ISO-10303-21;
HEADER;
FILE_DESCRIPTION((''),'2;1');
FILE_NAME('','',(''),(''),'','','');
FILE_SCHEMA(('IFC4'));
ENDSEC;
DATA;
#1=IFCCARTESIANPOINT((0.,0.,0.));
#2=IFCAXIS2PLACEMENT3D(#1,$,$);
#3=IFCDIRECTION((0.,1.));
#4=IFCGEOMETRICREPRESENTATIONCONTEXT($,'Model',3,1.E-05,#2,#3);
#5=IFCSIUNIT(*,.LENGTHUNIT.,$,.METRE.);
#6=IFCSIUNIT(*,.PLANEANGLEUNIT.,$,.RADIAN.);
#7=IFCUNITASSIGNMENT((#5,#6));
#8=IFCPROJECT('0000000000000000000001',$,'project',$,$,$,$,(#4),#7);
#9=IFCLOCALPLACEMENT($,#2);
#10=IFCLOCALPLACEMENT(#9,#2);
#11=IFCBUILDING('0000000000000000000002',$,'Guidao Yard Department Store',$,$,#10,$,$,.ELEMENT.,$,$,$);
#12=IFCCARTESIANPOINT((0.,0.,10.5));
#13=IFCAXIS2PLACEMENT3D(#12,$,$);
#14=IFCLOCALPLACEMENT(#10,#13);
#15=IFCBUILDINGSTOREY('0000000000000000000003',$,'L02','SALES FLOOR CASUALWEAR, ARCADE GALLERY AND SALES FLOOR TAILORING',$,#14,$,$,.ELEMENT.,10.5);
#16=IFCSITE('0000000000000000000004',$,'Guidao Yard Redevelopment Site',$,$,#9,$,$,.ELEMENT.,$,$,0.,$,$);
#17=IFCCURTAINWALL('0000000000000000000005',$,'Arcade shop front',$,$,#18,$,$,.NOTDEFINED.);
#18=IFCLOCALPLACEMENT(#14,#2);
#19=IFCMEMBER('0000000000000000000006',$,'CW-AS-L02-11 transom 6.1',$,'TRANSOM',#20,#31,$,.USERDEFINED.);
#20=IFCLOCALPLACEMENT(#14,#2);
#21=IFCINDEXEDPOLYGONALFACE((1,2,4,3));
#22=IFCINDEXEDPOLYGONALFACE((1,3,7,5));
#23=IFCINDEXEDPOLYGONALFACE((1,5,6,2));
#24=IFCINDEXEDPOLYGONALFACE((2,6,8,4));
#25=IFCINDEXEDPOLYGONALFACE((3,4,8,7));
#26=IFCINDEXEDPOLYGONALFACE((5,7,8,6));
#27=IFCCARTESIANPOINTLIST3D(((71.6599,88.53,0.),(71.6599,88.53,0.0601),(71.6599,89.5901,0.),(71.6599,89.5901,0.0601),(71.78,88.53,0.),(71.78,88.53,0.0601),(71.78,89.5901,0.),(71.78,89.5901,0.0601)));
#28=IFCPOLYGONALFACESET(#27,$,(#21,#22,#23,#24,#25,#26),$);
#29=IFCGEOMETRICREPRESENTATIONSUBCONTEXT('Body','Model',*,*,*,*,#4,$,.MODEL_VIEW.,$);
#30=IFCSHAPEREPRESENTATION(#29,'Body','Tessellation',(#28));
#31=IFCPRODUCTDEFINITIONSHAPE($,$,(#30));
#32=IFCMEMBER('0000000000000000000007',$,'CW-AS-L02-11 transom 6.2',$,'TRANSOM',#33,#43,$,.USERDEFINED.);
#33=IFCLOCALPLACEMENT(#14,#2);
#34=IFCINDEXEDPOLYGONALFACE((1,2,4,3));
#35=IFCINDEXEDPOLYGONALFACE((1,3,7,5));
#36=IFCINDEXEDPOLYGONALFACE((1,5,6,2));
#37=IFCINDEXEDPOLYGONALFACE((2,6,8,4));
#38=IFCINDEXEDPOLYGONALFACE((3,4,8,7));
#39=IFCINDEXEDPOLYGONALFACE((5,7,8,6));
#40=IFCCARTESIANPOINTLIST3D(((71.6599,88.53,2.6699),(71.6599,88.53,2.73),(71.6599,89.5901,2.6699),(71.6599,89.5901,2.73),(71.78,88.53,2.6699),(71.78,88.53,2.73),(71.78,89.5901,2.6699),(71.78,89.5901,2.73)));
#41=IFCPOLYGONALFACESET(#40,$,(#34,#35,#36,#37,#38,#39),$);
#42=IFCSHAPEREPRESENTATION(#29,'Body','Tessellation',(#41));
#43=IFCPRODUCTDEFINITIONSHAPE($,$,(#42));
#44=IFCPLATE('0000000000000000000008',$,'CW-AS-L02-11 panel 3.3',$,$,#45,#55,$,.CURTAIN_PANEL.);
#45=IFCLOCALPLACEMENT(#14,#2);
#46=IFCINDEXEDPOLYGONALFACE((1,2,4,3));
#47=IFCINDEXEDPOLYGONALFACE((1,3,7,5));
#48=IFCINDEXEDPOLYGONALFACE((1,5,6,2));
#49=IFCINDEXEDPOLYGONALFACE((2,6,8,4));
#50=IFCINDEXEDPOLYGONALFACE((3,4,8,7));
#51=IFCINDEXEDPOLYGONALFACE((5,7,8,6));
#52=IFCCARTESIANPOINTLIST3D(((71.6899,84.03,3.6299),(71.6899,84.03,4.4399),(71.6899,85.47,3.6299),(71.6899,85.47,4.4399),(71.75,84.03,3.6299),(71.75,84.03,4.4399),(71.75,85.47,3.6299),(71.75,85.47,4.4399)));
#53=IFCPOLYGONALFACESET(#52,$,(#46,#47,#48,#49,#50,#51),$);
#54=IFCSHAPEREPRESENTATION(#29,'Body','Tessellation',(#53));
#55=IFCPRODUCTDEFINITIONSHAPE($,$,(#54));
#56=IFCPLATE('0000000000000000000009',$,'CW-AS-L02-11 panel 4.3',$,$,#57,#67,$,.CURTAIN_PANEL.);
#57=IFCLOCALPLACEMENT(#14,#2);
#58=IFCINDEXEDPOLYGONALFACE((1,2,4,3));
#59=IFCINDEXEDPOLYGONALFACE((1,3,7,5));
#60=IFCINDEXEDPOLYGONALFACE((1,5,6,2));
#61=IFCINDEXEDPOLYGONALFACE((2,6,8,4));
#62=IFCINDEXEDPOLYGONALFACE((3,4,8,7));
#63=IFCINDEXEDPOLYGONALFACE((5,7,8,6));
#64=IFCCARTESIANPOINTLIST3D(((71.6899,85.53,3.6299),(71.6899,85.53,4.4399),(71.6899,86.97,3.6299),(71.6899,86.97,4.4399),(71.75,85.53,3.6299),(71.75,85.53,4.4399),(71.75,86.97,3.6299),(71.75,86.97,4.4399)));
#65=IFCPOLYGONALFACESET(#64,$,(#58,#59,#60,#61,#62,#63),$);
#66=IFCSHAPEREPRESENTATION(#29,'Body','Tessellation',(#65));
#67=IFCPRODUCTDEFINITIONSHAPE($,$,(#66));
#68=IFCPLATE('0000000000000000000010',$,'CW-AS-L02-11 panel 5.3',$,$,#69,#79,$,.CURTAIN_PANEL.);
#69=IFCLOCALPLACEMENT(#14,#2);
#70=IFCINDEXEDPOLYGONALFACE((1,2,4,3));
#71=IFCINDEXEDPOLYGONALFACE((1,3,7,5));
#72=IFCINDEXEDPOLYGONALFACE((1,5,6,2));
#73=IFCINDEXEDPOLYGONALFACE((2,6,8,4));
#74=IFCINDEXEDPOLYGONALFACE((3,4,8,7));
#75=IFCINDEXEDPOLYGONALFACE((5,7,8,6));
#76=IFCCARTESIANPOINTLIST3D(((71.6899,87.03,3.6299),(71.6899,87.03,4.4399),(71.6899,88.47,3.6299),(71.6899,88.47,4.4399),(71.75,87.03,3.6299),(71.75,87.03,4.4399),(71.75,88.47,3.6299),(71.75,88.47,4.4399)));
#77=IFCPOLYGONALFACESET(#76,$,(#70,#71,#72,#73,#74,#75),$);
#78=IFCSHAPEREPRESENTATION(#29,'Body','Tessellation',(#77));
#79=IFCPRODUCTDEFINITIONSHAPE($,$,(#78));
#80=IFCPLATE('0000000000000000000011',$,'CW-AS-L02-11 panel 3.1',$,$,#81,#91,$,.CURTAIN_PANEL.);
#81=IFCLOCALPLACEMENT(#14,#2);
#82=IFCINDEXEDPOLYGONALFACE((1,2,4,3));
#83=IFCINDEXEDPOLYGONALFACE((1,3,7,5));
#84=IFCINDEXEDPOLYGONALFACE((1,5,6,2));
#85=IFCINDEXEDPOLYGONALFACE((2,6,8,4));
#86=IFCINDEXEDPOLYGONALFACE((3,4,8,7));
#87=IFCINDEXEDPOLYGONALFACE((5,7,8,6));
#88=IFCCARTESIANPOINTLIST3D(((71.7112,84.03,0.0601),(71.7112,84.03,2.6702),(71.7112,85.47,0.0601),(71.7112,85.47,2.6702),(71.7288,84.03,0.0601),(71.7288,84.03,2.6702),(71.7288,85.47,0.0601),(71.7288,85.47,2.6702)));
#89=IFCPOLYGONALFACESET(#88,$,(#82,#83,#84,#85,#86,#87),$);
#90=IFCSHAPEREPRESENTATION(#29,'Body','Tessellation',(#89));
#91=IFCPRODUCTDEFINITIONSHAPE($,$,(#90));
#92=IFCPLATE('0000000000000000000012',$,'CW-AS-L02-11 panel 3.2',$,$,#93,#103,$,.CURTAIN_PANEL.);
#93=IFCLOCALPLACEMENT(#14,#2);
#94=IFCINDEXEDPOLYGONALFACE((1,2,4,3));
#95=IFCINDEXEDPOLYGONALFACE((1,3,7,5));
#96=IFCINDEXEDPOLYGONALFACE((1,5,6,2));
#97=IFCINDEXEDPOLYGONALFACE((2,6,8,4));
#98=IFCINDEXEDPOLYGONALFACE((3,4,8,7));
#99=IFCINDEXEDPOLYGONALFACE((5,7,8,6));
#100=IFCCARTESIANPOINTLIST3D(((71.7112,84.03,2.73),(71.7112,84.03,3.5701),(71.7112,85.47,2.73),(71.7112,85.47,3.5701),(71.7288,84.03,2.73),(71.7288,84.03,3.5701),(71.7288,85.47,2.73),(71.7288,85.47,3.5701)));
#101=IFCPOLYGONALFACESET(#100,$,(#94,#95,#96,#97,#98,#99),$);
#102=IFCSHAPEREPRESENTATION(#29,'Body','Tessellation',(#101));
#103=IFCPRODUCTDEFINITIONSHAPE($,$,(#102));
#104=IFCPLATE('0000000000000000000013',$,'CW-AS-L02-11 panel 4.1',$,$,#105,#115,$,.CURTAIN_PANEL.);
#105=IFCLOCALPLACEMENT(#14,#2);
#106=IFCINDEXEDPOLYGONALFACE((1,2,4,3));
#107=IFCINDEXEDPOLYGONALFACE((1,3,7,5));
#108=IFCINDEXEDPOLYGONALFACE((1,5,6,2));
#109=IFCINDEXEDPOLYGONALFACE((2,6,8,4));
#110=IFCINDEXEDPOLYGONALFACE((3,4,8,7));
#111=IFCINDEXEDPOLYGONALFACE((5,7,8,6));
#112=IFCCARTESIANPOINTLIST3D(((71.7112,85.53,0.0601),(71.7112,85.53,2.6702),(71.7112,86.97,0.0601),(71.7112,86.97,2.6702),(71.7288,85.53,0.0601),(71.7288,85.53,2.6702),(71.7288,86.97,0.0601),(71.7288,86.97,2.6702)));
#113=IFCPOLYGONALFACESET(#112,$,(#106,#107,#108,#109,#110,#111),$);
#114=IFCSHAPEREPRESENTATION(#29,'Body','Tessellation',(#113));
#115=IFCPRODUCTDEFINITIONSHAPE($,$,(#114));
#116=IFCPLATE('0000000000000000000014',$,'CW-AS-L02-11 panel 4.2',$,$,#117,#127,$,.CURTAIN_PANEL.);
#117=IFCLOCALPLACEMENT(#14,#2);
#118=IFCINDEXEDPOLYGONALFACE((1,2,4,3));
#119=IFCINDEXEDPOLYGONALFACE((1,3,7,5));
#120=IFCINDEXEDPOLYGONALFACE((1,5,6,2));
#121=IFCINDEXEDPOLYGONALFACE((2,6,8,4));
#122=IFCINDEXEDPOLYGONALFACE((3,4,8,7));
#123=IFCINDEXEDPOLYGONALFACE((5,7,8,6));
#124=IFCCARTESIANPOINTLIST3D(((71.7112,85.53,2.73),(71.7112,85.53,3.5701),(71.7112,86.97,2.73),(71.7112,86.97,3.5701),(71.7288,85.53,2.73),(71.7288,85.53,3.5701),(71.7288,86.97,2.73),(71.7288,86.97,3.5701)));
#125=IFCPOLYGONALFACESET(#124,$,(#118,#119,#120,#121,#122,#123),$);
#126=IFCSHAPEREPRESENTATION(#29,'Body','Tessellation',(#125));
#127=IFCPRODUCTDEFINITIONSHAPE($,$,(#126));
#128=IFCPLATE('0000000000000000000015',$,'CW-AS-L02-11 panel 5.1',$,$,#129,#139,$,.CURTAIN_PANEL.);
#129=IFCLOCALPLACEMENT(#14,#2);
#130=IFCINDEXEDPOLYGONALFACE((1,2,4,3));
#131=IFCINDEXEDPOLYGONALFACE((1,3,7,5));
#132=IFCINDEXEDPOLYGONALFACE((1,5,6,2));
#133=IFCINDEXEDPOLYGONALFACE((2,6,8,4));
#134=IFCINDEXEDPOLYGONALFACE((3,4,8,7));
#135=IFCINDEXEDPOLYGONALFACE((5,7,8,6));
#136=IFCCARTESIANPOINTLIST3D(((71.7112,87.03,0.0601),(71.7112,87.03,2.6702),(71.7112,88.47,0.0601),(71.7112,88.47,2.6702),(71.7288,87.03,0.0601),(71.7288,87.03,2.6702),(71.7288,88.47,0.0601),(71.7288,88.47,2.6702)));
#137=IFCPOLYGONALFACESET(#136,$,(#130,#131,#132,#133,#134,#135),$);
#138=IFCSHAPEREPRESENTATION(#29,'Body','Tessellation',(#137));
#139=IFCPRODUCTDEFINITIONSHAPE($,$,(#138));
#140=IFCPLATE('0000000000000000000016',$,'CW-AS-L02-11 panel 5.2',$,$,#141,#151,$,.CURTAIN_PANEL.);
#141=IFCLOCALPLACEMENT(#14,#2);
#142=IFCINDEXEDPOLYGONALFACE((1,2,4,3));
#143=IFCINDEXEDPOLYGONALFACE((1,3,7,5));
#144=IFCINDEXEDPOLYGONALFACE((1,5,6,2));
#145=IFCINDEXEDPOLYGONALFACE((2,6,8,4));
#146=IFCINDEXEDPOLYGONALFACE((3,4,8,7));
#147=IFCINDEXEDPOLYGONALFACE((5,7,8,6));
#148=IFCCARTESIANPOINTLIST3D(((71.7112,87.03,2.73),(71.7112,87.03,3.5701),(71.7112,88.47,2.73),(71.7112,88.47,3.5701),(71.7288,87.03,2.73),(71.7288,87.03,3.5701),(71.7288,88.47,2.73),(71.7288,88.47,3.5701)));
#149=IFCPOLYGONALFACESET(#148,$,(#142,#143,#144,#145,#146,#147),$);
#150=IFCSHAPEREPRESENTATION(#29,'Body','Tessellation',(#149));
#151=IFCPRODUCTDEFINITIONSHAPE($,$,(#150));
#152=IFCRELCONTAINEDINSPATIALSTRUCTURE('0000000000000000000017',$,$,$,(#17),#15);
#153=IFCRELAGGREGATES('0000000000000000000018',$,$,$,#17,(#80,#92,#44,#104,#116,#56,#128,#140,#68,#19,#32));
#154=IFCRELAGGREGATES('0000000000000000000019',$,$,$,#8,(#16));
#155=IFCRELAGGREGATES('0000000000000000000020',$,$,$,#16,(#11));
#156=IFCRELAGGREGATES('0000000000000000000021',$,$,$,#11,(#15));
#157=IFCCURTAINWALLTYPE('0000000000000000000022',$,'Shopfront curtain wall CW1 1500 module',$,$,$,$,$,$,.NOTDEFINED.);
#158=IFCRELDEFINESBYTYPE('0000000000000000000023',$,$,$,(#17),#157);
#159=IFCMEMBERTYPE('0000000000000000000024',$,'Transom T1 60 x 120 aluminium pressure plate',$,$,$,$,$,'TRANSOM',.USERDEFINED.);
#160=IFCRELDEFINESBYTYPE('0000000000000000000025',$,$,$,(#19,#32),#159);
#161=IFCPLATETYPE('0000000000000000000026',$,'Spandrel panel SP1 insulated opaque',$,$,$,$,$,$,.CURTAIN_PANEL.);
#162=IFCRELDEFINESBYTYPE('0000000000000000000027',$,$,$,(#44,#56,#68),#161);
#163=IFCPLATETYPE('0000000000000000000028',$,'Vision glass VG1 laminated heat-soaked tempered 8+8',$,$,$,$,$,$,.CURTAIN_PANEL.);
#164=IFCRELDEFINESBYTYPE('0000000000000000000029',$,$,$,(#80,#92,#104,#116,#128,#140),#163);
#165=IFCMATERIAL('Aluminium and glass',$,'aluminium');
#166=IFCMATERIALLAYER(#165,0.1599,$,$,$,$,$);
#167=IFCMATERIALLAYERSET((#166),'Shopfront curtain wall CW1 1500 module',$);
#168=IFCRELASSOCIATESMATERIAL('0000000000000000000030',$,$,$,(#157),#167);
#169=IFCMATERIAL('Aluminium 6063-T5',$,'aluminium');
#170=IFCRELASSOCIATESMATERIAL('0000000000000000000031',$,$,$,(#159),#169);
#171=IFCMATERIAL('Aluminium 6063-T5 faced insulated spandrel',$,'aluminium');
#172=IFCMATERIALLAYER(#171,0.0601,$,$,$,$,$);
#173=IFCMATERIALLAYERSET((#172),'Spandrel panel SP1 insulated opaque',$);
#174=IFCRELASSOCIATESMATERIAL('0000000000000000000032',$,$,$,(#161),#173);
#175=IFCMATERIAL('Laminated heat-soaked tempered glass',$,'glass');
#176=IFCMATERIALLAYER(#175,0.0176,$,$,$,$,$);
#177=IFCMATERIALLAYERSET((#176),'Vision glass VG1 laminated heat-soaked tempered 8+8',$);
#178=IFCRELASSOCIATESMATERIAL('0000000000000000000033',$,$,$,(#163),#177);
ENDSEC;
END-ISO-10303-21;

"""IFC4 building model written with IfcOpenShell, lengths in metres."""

from ifc_helpers import new_model, si_unit, direction, frame, origin, origin_2d, place, context, subcontext, project, spatial, rectangle, extrude, material, layer, layer_set, material_profile, profile_set, type_object, element, aggregate, save


model = new_model("IFC4")

# Units and contexts
model_context = context("Model", 3, precision=1e-05, world=origin(), true_north=direction((0.0, 1.0)))
body_context = subcontext(model_context, "Body", "Model", "MODEL_VIEW")
ifc_project = project(units=[si_unit("LENGTHUNIT", "METRE"), si_unit("PLANEANGLEUNIT", "RADIAN")], contexts=[model_context])

# Site, building, storey
site_placement = place(None, origin())
site = spatial("IfcSite", under=ifc_project, at=site_placement, Name="Guidao Yard Redevelopment Site", CompositionType="ELEMENT", RefElevation=0.0)
building_placement = place(site_placement, origin())
building = spatial("IfcBuilding", under=site, at=building_placement, Name="Guidao Yard Department Store", CompositionType="ELEMENT")
storey_placement = place(building_placement, frame((0.0, 0.0, 10.5)))
storey = spatial("IfcBuildingStorey", under=building, at=storey_placement, Name="L02", Description="SALES FLOOR CASUALWEAR, ARCADE GALLERY AND SALES FLOOR TAILORING", CompositionType="ELEMENT", Elevation=10.5)

# Curtain wall
ifc_material_1 = material(Name="Aluminium and glass", Category="aluminium")
ifc_layer_1 = layer(ifc_material_1, 0.1599)
ifc_layer_set_1 = layer_set([ifc_layer_1], Name="Shopfront curtain wall CW1 1500 module")
curtain_wall_type = type_object("IfcCurtainWallType", Name="Shopfront curtain wall CW1 1500 module", PredefinedType="NOTDEFINED", material=ifc_layer_set_1)
curtain_wall_placement = place(storey_placement, origin())
curtain_wall = element("IfcCurtainWall", 1, at=curtain_wall_placement, inside=storey, type_object=curtain_wall_type, Name="Arcade shop front", PredefinedType="NOTDEFINED")

# Members
ifc_material_2 = material(Name="Aluminium 6063-T5", Category="aluminium")
ifc_material_profile_1 = material_profile(ifc_material_2, rectangle(XDim=0.1201, YDim=0.0601, at=origin_2d()), Name="Transom T1 60 x 120 aluminium pressure plate")
ifc_profile_set_1 = profile_set([ifc_material_profile_1], Name="Aluminium 6063-T5")
member_type_1 = type_object("IfcMemberType", Name="Transom T1 60 x 120 aluminium pressure plate", ElementType="TRANSOM", PredefinedType="USERDEFINED", material=ifc_profile_set_1)
member_1_placement = place(storey_placement, frame((71.72, 88.53, 0.03), z_axis=(0.0, 1.0, 0.0), x_axis=(-1.0, 0.0, 0.0)))
member_1 = element("IfcMember", 2, at=member_1_placement, type_object=member_type_1, Name="CW-AS-L02-11 transom 6.1", ObjectType="TRANSOM", PredefinedType="USERDEFINED", context=body_context, shape_type="SweptSolid", body=[
    extrude(rectangle(XDim=0.1201, YDim=0.0601, at=origin_2d()), origin(), (0.0, 0.0, 1.0), 1.0601),
])
member_2_placement = place(storey_placement, frame((71.72, 88.53, 2.7), z_axis=(0.0, 1.0, 0.0), x_axis=(-1.0, 0.0, 0.0)))
member_2 = element("IfcMember", 3, at=member_2_placement, type_object=member_type_1, Name="CW-AS-L02-11 transom 6.2", ObjectType="TRANSOM", PredefinedType="USERDEFINED", context=body_context, shape_type="SweptSolid", body=[
    extrude(rectangle(XDim=0.1201, YDim=0.0601, at=origin_2d()), origin(), (0.0, 0.0, 1.0), 1.0601),
])

# Plates
ifc_material_3 = material(Name="Aluminium 6063-T5 faced insulated spandrel", Category="aluminium")
ifc_layer_2 = layer(ifc_material_3, 0.0601)
ifc_layer_set_2 = layer_set([ifc_layer_2], Name="Spandrel panel SP1 insulated opaque")
plate_type_1 = type_object("IfcPlateType", Name="Spandrel panel SP1 insulated opaque", PredefinedType="CURTAIN_PANEL", material=ifc_layer_set_2)
plate_1_placement = place(storey_placement, frame((71.72, 84.75, 3.6299), z_axis=(0.0, 0.0, 1.0), x_axis=(0.0, 1.0, 0.0)))
plate_1 = element("IfcPlate", 4, at=plate_1_placement, type_object=plate_type_1, Name="CW-AS-L02-11 panel 3.3", PredefinedType="CURTAIN_PANEL", context=body_context, shape_type="SweptSolid", body=[
    extrude(rectangle(XDim=1.4399, YDim=0.0601, at=origin_2d()), origin(), (0.0, 0.0, 1.0), 0.8101),
])
plate_2_placement = place(storey_placement, frame((71.72, 86.25, 3.6299), z_axis=(0.0, 0.0, 1.0), x_axis=(0.0, 1.0, 0.0)))
plate_2 = element("IfcPlate", 5, at=plate_2_placement, type_object=plate_type_1, Name="CW-AS-L02-11 panel 4.3", PredefinedType="CURTAIN_PANEL", context=body_context, shape_type="SweptSolid", body=[
    extrude(rectangle(XDim=1.4399, YDim=0.0601, at=origin_2d()), origin(), (0.0, 0.0, 1.0), 0.8101),
])
plate_3_placement = place(storey_placement, frame((71.72, 87.75, 3.6299), z_axis=(0.0, 0.0, 1.0), x_axis=(0.0, 1.0, 0.0)))
plate_3 = element("IfcPlate", 6, at=plate_3_placement, type_object=plate_type_1, Name="CW-AS-L02-11 panel 5.3", PredefinedType="CURTAIN_PANEL", context=body_context, shape_type="SweptSolid", body=[
    extrude(rectangle(XDim=1.4399, YDim=0.0601, at=origin_2d()), origin(), (0.0, 0.0, 1.0), 0.8101),
])
ifc_material_4 = material(Name="Laminated heat-soaked tempered glass", Category="glass")
ifc_layer_3 = layer(ifc_material_4, 0.0176)
ifc_layer_set_3 = layer_set([ifc_layer_3], Name="Vision glass VG1 laminated heat-soaked tempered 8+8")
plate_type_2 = type_object("IfcPlateType", Name="Vision glass VG1 laminated heat-soaked tempered 8+8", PredefinedType="CURTAIN_PANEL", material=ifc_layer_set_3)
plate_4_placement = place(storey_placement, frame((71.72, 84.75, 0.0601), z_axis=(0.0, 0.0, 1.0), x_axis=(0.0, 1.0, 0.0)))
plate_4 = element("IfcPlate", 7, at=plate_4_placement, type_object=plate_type_2, Name="CW-AS-L02-11 panel 3.1", PredefinedType="CURTAIN_PANEL", context=body_context, shape_type="SweptSolid", body=[
    extrude(rectangle(XDim=1.4399, YDim=0.0176, at=origin_2d()), origin(), (0.0, 0.0, 1.0), 2.6101),
])
plate_5_placement = place(storey_placement, frame((71.72, 84.75, 2.73), z_axis=(0.0, 0.0, 1.0), x_axis=(0.0, 1.0, 0.0)))
plate_5 = element("IfcPlate", 8, at=plate_5_placement, type_object=plate_type_2, Name="CW-AS-L02-11 panel 3.2", PredefinedType="CURTAIN_PANEL", context=body_context, shape_type="SweptSolid", body=[
    extrude(rectangle(XDim=1.4399, YDim=0.0176, at=origin_2d()), origin(), (0.0, 0.0, 1.0), 0.8401),
])
plate_6_placement = place(storey_placement, frame((71.72, 86.25, 0.0601), z_axis=(0.0, 0.0, 1.0), x_axis=(0.0, 1.0, 0.0)))
plate_6 = element("IfcPlate", 9, at=plate_6_placement, type_object=plate_type_2, Name="CW-AS-L02-11 panel 4.1", PredefinedType="CURTAIN_PANEL", context=body_context, shape_type="SweptSolid", body=[
    extrude(rectangle(XDim=1.4399, YDim=0.0176, at=origin_2d()), origin(), (0.0, 0.0, 1.0), 2.6101),
])
plate_7_placement = place(storey_placement, frame((71.72, 86.25, 2.73), z_axis=(0.0, 0.0, 1.0), x_axis=(0.0, 1.0, 0.0)))
plate_7 = element("IfcPlate", 10, at=plate_7_placement, type_object=plate_type_2, Name="CW-AS-L02-11 panel 4.2", PredefinedType="CURTAIN_PANEL", context=body_context, shape_type="SweptSolid", body=[
    extrude(rectangle(XDim=1.4399, YDim=0.0176, at=origin_2d()), origin(), (0.0, 0.0, 1.0), 0.8401),
])
plate_8_placement = place(storey_placement, frame((71.72, 87.75, 0.0601), z_axis=(0.0, 0.0, 1.0), x_axis=(0.0, 1.0, 0.0)))
plate_8 = element("IfcPlate", 11, at=plate_8_placement, type_object=plate_type_2, Name="CW-AS-L02-11 panel 5.1", PredefinedType="CURTAIN_PANEL", context=body_context, shape_type="SweptSolid", body=[
    extrude(rectangle(XDim=1.4399, YDim=0.0176, at=origin_2d()), origin(), (0.0, 0.0, 1.0), 2.6101),
])
plate_9_placement = place(storey_placement, frame((71.72, 87.75, 2.73), z_axis=(0.0, 0.0, 1.0), x_axis=(0.0, 1.0, 0.0)))
plate_9 = element("IfcPlate", 12, at=plate_9_placement, type_object=plate_type_2, Name="CW-AS-L02-11 panel 5.2", PredefinedType="CURTAIN_PANEL", context=body_context, shape_type="SweptSolid", body=[
    extrude(rectangle(XDim=1.4399, YDim=0.0176, at=origin_2d()), origin(), (0.0, 0.0, 1.0), 0.8401),
])
aggregate(curtain_wall, [plate_4, plate_5, plate_1, plate_6, plate_7, plate_2, plate_8, plate_9, plate_3, member_1, member_2])

save(model, "model.ifc")
